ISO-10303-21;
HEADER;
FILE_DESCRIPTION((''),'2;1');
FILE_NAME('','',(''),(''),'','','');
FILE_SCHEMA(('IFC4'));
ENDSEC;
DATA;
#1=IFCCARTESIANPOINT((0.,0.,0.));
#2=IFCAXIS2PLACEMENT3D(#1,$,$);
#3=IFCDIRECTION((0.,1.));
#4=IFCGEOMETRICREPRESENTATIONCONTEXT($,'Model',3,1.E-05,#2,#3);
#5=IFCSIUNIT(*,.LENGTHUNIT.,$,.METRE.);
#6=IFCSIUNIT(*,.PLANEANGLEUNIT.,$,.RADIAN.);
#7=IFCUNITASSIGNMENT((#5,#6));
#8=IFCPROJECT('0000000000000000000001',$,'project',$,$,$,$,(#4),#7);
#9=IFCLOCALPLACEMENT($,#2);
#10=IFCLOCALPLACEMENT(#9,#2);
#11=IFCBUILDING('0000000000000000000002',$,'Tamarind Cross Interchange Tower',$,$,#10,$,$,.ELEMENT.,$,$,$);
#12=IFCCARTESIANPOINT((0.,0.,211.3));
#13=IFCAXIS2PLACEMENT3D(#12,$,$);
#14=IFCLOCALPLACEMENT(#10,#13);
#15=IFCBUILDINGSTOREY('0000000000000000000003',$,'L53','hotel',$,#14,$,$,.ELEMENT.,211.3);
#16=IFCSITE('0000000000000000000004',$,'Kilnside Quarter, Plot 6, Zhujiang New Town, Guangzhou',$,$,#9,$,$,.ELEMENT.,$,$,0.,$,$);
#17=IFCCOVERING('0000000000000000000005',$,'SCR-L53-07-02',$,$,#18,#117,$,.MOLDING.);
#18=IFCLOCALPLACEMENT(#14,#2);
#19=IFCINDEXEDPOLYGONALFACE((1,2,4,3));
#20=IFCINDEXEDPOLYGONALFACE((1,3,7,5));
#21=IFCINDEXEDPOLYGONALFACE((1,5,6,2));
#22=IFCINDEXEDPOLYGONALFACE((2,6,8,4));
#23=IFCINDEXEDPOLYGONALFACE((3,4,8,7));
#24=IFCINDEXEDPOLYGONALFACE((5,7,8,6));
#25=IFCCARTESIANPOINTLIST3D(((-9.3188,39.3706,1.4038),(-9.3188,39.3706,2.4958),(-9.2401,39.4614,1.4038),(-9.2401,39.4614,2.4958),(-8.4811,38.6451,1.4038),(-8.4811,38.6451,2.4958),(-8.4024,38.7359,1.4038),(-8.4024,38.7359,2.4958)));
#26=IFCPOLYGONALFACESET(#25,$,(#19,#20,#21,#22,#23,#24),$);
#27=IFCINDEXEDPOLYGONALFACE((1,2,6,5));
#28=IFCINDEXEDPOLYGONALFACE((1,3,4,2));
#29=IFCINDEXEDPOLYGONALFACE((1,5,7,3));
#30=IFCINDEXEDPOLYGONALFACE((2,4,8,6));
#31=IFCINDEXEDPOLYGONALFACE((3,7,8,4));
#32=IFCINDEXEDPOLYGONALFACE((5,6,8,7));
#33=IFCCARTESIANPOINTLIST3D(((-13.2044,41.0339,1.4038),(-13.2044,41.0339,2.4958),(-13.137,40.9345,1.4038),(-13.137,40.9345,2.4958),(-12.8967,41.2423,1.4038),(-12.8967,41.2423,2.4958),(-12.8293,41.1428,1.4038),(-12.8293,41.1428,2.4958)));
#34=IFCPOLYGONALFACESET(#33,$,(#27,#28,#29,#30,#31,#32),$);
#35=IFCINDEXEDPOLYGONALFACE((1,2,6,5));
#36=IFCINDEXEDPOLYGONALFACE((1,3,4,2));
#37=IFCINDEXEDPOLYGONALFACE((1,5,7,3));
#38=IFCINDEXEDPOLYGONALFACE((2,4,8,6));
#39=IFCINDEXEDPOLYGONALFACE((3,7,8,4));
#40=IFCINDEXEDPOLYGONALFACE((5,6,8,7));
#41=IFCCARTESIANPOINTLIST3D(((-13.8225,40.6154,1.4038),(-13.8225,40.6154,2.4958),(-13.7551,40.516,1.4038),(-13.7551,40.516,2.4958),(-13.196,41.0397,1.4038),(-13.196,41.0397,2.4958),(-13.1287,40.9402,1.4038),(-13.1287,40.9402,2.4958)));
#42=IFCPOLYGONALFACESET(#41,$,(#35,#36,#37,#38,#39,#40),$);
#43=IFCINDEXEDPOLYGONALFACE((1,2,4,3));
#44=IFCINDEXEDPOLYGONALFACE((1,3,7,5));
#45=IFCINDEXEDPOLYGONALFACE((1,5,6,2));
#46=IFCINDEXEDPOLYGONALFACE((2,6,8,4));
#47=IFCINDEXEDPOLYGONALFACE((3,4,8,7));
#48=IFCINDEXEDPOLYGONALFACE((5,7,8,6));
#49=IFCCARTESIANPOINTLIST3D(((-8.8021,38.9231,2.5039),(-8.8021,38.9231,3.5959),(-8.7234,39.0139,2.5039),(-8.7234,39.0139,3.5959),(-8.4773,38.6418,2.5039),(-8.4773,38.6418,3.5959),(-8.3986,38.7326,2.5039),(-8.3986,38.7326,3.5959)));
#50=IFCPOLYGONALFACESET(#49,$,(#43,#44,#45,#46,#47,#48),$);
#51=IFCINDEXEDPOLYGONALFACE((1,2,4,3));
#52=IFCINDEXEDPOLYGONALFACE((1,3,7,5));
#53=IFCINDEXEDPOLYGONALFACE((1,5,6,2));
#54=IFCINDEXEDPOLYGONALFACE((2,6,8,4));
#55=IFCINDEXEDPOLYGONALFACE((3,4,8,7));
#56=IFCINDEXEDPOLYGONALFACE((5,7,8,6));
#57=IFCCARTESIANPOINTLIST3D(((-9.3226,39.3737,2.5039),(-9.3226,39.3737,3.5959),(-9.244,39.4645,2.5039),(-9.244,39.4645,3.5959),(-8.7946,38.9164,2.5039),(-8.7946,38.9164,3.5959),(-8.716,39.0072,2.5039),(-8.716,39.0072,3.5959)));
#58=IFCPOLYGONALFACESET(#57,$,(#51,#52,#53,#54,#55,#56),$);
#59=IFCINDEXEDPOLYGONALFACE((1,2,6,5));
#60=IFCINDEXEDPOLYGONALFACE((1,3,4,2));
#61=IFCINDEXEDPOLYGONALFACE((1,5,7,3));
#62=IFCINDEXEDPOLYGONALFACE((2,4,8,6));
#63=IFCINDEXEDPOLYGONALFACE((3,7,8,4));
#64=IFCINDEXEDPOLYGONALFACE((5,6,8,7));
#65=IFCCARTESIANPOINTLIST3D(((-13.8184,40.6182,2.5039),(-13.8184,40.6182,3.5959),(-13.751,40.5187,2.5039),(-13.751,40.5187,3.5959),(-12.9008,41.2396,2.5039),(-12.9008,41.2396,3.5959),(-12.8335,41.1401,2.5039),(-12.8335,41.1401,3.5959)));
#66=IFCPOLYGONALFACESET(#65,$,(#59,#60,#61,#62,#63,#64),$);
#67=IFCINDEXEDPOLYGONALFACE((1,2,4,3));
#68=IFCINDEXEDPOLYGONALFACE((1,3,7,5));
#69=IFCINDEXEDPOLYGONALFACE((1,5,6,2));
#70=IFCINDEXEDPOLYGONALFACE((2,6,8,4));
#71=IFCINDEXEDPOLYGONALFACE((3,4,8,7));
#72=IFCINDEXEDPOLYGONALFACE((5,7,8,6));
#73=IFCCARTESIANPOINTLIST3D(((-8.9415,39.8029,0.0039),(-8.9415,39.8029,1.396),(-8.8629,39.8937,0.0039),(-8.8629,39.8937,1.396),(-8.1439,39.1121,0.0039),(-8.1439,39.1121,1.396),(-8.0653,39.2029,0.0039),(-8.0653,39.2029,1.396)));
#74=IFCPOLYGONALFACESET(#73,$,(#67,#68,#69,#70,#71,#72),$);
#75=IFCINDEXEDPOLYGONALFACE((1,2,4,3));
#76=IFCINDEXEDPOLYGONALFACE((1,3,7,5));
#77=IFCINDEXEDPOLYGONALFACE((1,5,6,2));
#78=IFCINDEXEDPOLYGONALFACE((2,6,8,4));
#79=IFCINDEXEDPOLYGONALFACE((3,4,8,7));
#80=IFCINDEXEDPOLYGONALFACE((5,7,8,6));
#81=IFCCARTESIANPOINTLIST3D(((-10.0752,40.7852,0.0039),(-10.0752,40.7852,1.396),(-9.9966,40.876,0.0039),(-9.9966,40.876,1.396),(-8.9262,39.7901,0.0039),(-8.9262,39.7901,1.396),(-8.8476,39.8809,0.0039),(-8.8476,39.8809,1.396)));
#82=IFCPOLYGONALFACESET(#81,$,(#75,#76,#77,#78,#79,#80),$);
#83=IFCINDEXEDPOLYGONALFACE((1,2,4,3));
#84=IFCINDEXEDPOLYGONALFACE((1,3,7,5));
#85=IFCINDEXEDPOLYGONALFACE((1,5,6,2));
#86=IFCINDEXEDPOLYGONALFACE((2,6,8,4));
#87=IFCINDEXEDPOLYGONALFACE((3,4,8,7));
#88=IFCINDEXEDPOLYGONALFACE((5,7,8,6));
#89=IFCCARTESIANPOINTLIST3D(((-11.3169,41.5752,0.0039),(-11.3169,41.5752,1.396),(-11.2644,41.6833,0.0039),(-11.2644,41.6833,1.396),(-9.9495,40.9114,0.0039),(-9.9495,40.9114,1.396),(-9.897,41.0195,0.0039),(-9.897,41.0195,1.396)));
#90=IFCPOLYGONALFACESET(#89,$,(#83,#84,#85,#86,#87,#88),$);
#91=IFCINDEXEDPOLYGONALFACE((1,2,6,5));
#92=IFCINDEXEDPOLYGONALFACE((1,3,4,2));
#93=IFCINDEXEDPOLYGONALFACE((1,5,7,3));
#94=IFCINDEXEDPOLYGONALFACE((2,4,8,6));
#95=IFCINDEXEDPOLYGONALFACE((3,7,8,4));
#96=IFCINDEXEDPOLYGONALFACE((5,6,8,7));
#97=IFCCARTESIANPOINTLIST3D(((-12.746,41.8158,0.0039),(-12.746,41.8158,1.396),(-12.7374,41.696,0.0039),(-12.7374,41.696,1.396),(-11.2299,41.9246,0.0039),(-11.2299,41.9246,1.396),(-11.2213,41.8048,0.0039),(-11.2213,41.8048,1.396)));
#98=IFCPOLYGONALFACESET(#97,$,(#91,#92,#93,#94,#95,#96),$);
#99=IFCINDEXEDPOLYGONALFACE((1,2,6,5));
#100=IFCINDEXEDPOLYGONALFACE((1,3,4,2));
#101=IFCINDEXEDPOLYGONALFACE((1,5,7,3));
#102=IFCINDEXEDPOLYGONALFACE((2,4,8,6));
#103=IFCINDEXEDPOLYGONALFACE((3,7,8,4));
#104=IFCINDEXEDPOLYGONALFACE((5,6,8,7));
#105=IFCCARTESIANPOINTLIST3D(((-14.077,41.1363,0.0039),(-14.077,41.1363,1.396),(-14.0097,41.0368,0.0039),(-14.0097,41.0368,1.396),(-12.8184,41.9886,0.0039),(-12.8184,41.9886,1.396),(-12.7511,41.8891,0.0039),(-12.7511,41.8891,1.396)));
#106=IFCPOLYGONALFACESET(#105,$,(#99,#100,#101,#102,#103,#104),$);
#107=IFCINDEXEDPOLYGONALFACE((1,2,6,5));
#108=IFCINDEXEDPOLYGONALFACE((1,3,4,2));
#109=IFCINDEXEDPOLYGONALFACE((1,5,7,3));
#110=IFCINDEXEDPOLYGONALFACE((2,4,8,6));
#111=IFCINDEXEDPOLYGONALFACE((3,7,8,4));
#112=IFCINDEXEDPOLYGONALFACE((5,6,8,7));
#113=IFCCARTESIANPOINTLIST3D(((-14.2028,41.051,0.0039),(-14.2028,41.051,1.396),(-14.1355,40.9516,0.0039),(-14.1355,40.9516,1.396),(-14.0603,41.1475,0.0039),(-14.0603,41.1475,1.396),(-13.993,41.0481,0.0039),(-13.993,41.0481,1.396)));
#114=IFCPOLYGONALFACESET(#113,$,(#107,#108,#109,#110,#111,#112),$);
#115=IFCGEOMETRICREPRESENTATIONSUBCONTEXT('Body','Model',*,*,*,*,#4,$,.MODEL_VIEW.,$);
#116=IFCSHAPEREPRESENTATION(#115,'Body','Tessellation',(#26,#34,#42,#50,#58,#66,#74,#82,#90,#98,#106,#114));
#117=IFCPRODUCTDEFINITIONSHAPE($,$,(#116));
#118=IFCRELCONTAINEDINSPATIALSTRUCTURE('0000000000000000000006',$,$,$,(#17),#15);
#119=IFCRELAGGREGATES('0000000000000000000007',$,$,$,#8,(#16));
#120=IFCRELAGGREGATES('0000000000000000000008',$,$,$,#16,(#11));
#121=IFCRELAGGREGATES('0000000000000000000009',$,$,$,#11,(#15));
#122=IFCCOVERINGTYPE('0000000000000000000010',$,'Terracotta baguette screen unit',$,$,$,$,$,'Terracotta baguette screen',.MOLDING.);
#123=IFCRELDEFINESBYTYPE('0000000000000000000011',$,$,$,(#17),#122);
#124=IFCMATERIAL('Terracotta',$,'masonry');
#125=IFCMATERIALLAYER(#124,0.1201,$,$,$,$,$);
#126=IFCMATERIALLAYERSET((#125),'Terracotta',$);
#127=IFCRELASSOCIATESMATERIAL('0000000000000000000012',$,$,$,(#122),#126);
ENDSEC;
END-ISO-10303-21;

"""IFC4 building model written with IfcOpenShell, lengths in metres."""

from ifc_helpers import new_model, si_unit, direction, frame, origin, origin_2d, place, context, subcontext, project, spatial, rectangle, extrude, material, layer, layer_set, type_object, element, save


model = new_model("IFC4")

# Units and contexts
model_context = context("Model", 3, precision=1e-05, world=origin(), true_north=direction((0.0, 1.0)))
body_context = subcontext(model_context, "Body", "Model", "MODEL_VIEW")
ifc_project = project(units=[si_unit("LENGTHUNIT", "METRE"), si_unit("PLANEANGLEUNIT", "RADIAN")], contexts=[model_context])

# Site, building, storey
site_placement = place(None, origin())
site = spatial("IfcSite", under=ifc_project, at=site_placement, Name="Kilnside Quarter, Plot 6, Zhujiang New Town, Guangzhou", CompositionType="ELEMENT", RefElevation=0.0)
building_placement = place(site_placement, origin())
building = spatial("IfcBuilding", under=site, at=building_placement, Name="Tamarind Cross Interchange Tower", CompositionType="ELEMENT")
storey_placement = place(building_placement, frame((0.0, 0.0, 211.3)))
storey = spatial("IfcBuildingStorey", under=building, at=storey_placement, Name="L53", Description="hotel", CompositionType="ELEMENT", Elevation=211.3)

# Covering
ifc_material_1 = material(Name="Terracotta", Category="masonry")
ifc_layer_1 = layer(ifc_material_1, 0.1201)
ifc_layer_set_1 = layer_set([ifc_layer_1], Name="Terracotta")
covering_type = type_object("IfcCoveringType", Name="Terracotta baguette screen unit", ElementType="Terracotta baguette screen", PredefinedType="MOLDING", material=ifc_layer_set_1)
covering_1_placement = place(storey_placement, origin())
element("IfcCovering", 1, at=covering_1_placement, inside=storey, type_object=covering_type, Name="SCR-L53-07-02", PredefinedType="MOLDING", context=body_context, shape_type="SweptSolid", body=[
    extrude(rectangle(XDim=1.1082, YDim=0.1201, at=origin_2d()), frame((-8.8606, 39.0532, 1.4038), z_axis=(0.0, 0.0, 1.0), x_axis=(-0.755917, 0.654667, 0.0)), (0.0, 0.0, 1.0), 1.092),
    extrude(rectangle(XDim=0.3716, YDim=0.1201, at=origin_2d()), frame((-13.0168, 41.0884, 1.4038), z_axis=(0.0, 0.0, 1.0), x_axis=(-0.828006, -0.56072, 0.0)), (0.0, 0.0, 1.0), 1.092),
    extrude(rectangle(XDim=0.7566, YDim=0.1201, at=origin_2d()), frame((-13.4756, 40.7778, 1.4038), z_axis=(0.0, 0.0, 1.0), x_axis=(-0.828006, -0.56072, 0.0)), (0.0, 0.0, 1.0), 1.092),
    extrude(rectangle(XDim=0.4297, YDim=0.1201, at=origin_2d()), frame((-8.6003, 38.8279, 2.5039), z_axis=(0.0, 0.0, 1.0), x_axis=(-0.755917, 0.654667, 0.0)), (0.0, 0.0, 1.0), 1.092),
    extrude(rectangle(XDim=0.6985, YDim=0.1201, at=origin_2d()), frame((-9.0193, 39.1904, 2.5039), z_axis=(0.0, 0.0, 1.0), x_axis=(-0.755917, 0.654667, 0.0)), (0.0, 0.0, 1.0), 1.092),
    extrude(rectangle(XDim=1.1082, YDim=0.1201, at=origin_2d()), frame((-13.3259, 40.8792, 2.5039), z_axis=(0.0, 0.0, 1.0), x_axis=(-0.828006, -0.56072, 0.0)), (0.0, 0.0, 1.0), 1.092),
    extrude(rectangle(XDim=1.0552, YDim=0.1201, at=origin_2d()), frame((-8.5034, 39.5029, 0.0039), z_axis=(0.0, 0.0, 1.0), x_axis=(-0.755917, 0.654667, 0.0)), (0.0, 0.0, 1.0), 1.3921),
    extrude(rectangle(XDim=1.52, YDim=0.1201, at=origin_2d()), frame((-9.4614, 40.333, 0.0039), z_axis=(0.0, 0.0, 1.0), x_axis=(-0.755917, 0.654667, 0.0)), (0.0, 0.0, 1.0), 1.3921),
    extrude(rectangle(XDim=1.52, YDim=0.1201, at=origin_2d()), frame((-10.6069, 41.2974, 0.0039), z_axis=(0.0, 0.0, 1.0), x_axis=(-0.8996, 0.436714, 0.0)), (0.0, 0.0, 1.0), 1.3921),
    extrude(rectangle(XDim=1.52, YDim=0.1201, at=origin_2d()), frame((-11.9836, 41.8103, 0.0039), z_axis=(0.0, 0.0, 1.0), x_axis=(-0.997434, -0.071595, 0.0)), (0.0, 0.0, 1.0), 1.3921),
    extrude(rectangle(XDim=1.52, YDim=0.1201, at=origin_2d()), frame((-13.4141, 41.5127, 0.0039), z_axis=(0.0, 0.0, 1.0), x_axis=(-0.828006, -0.56072, 0.0)), (0.0, 0.0, 1.0), 1.3921),
    extrude(rectangle(XDim=0.1721, YDim=0.1201, at=origin_2d()), frame((-14.0979, 41.0496, 0.0039), z_axis=(0.0, 0.0, 1.0), x_axis=(-0.828006, -0.56072, 0.0)), (0.0, 0.0, 1.0), 1.3921),
])

save(model, "model.ifc")
